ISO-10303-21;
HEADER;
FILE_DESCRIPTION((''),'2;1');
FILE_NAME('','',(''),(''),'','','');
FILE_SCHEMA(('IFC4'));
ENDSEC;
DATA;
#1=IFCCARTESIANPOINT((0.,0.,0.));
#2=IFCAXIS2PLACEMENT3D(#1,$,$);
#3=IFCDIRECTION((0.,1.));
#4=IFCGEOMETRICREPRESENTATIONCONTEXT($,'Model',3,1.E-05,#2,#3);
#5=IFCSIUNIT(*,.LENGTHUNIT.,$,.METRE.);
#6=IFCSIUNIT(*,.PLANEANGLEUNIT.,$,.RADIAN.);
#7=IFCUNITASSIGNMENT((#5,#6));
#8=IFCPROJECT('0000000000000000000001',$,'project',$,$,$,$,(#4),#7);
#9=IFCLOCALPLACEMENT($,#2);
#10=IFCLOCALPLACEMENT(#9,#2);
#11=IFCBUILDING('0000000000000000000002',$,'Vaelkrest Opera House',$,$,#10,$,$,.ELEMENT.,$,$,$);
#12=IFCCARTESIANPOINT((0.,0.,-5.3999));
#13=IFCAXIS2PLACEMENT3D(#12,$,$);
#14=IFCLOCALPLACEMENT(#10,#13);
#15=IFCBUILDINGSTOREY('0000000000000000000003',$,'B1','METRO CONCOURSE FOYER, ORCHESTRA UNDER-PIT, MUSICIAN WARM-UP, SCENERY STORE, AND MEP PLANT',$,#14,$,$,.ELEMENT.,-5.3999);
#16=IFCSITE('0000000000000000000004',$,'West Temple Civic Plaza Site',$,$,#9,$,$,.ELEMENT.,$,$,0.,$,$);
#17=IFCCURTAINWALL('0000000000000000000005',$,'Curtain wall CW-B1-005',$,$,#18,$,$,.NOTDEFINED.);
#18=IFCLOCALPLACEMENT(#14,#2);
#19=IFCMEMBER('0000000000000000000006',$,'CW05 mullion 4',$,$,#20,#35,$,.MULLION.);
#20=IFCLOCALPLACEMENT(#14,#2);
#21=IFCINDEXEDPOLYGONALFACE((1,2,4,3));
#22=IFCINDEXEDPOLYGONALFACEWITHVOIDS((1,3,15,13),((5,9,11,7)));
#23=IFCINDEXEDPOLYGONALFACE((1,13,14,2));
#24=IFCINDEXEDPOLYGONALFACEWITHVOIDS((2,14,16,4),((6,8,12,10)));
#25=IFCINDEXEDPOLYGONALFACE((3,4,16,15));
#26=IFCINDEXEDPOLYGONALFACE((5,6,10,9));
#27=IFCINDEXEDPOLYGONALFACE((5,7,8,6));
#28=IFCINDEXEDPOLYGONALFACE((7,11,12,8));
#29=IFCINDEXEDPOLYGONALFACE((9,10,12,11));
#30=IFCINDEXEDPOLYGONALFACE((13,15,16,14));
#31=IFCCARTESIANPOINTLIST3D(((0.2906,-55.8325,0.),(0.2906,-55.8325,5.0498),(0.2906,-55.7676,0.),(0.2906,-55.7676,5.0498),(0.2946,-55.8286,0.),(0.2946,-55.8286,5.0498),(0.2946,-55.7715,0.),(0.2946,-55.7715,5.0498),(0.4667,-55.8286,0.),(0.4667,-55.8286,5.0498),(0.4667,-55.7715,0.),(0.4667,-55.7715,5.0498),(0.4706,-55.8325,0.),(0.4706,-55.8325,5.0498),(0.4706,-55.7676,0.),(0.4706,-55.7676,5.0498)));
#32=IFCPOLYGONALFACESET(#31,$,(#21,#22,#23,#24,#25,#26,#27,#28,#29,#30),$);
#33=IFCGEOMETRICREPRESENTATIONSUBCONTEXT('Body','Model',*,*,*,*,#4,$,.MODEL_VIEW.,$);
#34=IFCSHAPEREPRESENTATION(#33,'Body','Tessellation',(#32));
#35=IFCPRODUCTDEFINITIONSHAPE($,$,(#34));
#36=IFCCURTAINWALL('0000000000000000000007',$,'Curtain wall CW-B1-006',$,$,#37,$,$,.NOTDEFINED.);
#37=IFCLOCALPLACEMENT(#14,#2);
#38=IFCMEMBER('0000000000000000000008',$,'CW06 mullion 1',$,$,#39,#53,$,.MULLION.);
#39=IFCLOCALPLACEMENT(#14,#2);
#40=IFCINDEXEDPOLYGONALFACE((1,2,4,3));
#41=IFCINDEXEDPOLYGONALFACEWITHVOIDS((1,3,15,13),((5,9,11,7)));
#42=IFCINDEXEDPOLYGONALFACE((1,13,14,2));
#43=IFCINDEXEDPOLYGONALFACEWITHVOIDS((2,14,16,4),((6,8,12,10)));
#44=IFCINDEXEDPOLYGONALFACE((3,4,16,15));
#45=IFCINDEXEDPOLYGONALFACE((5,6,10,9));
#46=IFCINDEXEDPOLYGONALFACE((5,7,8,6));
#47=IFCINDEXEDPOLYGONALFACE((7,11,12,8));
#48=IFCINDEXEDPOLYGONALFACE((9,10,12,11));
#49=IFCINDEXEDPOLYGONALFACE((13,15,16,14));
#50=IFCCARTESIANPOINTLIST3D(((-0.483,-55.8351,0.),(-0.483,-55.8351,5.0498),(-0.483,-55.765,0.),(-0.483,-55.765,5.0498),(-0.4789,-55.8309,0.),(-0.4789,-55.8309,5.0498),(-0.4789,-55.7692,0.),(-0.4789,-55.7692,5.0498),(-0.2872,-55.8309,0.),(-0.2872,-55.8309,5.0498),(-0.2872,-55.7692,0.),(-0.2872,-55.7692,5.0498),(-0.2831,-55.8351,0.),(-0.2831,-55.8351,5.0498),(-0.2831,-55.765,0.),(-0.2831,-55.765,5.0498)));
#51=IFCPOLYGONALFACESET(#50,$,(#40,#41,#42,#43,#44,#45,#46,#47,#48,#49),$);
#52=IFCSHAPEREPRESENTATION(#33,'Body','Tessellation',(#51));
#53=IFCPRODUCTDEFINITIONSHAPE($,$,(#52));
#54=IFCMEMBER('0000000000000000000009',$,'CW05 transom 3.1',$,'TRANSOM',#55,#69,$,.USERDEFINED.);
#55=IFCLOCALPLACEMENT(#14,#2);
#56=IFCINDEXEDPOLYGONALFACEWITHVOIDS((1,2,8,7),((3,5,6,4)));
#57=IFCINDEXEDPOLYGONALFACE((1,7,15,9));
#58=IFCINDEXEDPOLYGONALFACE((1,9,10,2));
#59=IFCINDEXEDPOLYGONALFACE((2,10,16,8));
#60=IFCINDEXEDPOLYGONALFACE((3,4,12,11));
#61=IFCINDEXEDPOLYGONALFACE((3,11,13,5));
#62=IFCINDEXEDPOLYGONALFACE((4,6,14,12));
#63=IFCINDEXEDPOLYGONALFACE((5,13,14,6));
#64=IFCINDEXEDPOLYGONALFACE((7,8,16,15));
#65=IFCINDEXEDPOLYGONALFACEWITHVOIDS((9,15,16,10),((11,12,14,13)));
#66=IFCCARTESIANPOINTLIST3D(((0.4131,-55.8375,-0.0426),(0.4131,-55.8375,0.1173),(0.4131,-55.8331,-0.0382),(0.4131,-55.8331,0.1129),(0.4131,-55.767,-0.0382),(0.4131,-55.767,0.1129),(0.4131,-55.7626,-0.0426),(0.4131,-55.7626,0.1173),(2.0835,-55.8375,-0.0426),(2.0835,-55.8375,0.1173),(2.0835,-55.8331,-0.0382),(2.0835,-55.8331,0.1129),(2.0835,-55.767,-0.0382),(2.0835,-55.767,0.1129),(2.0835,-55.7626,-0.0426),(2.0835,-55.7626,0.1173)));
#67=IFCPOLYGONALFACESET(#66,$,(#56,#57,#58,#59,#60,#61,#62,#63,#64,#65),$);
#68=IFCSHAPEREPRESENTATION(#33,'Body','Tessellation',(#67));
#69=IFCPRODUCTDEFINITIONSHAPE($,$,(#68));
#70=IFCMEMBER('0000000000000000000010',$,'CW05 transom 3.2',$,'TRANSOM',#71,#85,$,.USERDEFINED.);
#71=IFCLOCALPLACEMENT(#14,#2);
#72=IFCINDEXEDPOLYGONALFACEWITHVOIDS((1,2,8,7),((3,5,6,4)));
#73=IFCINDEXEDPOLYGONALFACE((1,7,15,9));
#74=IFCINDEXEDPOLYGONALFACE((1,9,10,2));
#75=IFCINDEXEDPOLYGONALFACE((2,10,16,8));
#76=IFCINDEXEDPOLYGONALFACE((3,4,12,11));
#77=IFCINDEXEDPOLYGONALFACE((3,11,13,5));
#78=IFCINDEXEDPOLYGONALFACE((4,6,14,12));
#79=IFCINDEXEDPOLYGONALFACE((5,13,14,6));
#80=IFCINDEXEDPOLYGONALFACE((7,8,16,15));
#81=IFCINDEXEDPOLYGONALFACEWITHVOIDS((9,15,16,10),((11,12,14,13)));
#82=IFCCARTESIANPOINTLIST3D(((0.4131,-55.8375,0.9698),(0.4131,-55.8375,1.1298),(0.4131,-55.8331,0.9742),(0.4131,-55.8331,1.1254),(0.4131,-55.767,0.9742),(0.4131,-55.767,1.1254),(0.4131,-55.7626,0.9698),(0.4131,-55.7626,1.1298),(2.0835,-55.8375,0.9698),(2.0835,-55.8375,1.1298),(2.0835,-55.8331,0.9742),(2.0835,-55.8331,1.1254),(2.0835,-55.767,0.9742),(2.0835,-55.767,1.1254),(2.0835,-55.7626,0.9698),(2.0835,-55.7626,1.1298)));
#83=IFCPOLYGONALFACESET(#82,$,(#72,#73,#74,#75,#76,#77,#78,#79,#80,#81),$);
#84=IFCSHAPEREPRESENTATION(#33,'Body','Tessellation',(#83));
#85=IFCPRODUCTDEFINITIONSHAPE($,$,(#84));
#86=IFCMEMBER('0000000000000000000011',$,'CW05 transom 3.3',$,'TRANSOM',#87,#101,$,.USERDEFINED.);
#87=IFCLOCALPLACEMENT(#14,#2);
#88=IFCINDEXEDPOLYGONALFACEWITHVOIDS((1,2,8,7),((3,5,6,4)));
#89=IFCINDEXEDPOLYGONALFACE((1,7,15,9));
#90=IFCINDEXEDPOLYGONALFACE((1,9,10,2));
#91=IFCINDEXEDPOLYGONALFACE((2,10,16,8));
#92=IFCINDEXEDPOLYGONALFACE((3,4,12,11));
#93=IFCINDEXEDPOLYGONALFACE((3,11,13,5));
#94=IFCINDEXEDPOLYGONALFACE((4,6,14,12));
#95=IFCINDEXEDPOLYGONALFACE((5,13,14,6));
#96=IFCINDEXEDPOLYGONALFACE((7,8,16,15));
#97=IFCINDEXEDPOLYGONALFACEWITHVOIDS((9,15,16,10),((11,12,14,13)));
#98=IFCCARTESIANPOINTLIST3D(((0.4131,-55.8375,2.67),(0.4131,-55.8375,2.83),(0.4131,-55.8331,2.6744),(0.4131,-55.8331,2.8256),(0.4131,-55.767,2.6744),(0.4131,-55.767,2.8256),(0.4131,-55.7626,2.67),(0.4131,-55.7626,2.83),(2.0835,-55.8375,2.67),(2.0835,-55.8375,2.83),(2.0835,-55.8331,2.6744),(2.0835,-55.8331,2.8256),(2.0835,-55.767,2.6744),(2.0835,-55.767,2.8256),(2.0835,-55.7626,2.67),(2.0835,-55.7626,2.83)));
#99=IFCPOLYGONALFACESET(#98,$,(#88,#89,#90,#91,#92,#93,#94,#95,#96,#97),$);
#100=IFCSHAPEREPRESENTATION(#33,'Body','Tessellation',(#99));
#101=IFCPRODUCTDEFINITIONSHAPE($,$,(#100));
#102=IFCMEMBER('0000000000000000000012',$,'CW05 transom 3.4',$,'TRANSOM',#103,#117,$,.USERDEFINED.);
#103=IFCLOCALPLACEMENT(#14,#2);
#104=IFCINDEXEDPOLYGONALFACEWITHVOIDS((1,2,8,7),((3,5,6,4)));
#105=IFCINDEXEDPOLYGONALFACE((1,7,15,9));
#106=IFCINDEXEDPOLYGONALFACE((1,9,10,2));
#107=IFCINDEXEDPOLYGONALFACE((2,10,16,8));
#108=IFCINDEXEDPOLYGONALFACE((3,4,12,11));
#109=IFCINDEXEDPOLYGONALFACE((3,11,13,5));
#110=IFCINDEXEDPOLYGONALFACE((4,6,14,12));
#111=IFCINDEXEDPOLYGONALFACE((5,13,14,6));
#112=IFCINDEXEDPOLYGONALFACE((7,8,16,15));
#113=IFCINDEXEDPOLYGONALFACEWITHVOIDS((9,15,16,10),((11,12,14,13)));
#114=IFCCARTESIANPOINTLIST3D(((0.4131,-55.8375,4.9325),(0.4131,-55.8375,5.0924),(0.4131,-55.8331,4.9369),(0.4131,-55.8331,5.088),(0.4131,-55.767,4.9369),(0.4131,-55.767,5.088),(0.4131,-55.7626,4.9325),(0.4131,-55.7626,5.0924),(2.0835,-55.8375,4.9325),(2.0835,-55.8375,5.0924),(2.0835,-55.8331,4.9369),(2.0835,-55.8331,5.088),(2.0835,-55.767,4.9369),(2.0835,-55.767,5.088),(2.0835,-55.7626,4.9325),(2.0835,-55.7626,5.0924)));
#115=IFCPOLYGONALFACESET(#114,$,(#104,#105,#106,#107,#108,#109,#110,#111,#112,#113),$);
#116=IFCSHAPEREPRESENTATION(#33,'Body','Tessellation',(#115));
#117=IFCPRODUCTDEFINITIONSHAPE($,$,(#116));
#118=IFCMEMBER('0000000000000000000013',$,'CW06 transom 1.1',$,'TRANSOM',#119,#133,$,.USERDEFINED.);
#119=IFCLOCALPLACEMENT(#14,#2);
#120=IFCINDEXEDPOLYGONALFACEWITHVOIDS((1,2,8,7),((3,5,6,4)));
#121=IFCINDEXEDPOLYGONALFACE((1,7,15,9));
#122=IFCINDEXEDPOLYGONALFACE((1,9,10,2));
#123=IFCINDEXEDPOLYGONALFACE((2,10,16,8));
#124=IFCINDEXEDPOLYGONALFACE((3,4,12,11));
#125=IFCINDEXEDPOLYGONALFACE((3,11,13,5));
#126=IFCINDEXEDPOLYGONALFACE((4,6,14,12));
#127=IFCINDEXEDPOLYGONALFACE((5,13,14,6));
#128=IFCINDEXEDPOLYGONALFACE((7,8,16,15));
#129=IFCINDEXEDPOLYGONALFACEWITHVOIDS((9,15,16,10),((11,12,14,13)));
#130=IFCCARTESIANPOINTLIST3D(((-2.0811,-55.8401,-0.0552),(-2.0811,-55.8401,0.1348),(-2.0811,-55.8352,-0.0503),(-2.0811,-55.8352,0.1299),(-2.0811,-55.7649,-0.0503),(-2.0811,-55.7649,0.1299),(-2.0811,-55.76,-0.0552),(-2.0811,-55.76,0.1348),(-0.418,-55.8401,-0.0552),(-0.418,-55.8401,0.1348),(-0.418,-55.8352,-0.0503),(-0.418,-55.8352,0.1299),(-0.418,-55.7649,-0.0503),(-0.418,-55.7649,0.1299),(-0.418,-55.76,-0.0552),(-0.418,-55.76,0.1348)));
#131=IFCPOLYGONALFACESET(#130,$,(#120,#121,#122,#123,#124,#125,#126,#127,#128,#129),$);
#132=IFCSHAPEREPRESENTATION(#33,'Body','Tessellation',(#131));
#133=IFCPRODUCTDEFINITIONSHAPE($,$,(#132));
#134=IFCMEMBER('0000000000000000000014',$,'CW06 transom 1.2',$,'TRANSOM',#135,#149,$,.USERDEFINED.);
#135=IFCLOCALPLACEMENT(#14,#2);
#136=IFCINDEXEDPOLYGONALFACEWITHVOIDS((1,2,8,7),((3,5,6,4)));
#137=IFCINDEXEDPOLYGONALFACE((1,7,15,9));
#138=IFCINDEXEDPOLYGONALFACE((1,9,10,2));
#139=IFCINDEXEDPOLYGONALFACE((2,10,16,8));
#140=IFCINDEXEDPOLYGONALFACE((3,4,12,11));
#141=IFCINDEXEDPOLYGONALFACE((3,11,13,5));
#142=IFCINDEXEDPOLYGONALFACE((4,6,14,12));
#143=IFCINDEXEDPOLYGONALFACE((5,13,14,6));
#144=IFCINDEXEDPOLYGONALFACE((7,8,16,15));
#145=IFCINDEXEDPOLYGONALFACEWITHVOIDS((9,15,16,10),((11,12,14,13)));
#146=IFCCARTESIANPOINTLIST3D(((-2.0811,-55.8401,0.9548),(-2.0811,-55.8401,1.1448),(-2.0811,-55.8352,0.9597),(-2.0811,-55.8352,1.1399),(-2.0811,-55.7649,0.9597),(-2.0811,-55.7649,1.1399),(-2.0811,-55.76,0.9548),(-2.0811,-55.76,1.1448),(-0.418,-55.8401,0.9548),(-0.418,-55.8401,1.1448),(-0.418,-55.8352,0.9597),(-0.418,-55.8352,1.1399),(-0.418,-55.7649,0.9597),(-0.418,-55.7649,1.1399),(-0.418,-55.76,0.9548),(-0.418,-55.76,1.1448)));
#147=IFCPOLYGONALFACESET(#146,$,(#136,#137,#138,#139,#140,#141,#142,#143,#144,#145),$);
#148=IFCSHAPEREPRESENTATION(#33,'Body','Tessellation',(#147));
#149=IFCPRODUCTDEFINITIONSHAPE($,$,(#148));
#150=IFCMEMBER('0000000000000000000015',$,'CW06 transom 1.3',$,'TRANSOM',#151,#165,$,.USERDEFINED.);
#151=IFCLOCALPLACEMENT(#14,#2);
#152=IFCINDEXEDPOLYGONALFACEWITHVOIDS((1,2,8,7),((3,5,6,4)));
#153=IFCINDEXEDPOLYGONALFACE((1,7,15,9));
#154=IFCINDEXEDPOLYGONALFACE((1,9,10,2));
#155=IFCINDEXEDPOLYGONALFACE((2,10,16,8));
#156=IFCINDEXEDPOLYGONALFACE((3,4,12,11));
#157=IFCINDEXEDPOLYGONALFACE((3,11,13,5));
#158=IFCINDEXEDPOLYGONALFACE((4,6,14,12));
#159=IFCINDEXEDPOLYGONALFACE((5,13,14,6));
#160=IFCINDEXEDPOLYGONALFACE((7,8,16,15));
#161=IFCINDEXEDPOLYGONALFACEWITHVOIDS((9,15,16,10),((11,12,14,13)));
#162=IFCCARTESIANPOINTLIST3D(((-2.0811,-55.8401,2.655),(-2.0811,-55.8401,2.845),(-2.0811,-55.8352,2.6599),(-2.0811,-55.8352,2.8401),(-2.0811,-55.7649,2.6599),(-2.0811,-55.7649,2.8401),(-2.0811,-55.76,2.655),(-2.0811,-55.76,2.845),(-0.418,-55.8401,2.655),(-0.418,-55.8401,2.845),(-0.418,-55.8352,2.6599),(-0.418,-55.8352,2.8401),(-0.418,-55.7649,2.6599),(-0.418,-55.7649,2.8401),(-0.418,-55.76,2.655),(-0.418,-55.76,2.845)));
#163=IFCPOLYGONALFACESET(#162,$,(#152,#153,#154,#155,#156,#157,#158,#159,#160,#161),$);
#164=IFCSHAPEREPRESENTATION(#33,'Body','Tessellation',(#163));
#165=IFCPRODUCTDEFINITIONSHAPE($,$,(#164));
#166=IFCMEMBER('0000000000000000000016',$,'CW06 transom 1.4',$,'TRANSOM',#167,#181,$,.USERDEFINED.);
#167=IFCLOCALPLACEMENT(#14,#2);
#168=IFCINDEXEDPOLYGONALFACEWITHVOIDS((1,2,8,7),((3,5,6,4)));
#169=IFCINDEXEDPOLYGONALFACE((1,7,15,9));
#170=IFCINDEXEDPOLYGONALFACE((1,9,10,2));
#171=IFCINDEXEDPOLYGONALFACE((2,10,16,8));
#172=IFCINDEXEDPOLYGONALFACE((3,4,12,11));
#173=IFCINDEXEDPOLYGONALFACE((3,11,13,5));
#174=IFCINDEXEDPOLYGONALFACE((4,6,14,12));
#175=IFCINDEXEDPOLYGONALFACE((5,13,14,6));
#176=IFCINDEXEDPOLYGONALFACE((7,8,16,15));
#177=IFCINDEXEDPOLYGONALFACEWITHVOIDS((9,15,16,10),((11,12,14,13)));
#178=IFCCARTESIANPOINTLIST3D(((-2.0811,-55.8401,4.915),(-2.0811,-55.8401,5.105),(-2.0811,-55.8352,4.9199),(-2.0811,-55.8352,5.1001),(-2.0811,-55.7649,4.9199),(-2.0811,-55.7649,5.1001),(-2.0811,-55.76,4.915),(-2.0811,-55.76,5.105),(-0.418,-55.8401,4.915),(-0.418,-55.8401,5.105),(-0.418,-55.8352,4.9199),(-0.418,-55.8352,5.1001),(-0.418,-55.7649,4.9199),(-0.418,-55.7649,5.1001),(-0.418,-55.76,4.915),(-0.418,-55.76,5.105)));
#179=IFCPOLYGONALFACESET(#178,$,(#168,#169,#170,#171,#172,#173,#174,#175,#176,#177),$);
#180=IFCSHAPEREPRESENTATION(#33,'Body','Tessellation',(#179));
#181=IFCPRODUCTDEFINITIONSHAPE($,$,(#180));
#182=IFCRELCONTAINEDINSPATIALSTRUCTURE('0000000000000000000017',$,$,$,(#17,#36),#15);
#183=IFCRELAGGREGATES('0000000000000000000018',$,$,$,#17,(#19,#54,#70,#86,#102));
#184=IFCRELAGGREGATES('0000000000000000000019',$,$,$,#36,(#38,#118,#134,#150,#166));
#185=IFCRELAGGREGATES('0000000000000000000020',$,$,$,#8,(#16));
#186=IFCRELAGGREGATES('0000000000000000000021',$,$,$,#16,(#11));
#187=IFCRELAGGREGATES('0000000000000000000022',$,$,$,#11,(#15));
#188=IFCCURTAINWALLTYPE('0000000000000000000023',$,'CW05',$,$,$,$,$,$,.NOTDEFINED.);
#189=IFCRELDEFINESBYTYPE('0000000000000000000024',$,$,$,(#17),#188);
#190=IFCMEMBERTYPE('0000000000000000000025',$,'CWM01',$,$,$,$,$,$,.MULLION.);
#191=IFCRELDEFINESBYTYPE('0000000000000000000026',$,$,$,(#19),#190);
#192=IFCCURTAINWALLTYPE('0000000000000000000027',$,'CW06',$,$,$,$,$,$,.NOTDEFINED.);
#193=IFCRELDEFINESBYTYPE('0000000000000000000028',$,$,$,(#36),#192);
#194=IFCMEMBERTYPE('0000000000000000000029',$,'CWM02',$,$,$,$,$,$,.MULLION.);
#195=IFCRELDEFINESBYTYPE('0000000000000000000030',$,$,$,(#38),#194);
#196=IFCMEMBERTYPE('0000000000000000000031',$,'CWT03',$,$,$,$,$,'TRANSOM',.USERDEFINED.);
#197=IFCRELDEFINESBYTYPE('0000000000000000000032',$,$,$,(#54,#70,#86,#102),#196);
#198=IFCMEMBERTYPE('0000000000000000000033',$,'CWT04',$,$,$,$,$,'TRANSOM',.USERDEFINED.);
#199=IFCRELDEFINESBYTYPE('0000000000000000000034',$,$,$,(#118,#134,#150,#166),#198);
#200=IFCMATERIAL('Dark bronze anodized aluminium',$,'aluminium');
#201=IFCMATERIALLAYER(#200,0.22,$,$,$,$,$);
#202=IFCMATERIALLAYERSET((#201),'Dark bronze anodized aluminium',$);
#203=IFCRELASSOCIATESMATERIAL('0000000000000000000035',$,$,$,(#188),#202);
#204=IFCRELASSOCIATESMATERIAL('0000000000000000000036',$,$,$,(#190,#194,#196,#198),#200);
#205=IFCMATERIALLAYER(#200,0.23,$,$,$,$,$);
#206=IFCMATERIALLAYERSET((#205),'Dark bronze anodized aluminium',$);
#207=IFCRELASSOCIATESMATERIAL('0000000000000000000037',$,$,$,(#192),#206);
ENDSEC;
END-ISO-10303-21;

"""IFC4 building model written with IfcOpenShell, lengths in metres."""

from ifc_helpers import new_model, si_unit, direction, frame, origin, origin_2d, place, context, subcontext, project, spatial, hollow_rectangle, extrude, material, layer, layer_set, material_profile, profile_set, type_object, element, aggregate, save


model = new_model("IFC4")

# Units and contexts
model_context = context("Model", 3, precision=1e-05, world=origin(), true_north=direction((0.0, 1.0)))
body_context = subcontext(model_context, "Body", "Model", "MODEL_VIEW")
ifc_project = project(units=[si_unit("LENGTHUNIT", "METRE"), si_unit("PLANEANGLEUNIT", "RADIAN")], contexts=[model_context])

# Site, building, storey
site_placement = place(None, origin())
site = spatial("IfcSite", under=ifc_project, at=site_placement, Name="West Temple Civic Plaza Site", CompositionType="ELEMENT", RefElevation=0.0)
building_placement = place(site_placement, origin())
building = spatial("IfcBuilding", under=site, at=building_placement, Name="Vaelkrest Opera House", CompositionType="ELEMENT")
storey_placement = place(building_placement, frame((0.0, 0.0, -5.3999)))
storey = spatial("IfcBuildingStorey", under=building, at=storey_placement, Name="B1", Description="METRO CONCOURSE FOYER, ORCHESTRA UNDER-PIT, MUSICIAN WARM-UP, SCENERY STORE, AND MEP PLANT", CompositionType="ELEMENT", Elevation=-5.3999)

# Curtain wall, member
ifc_material_1 = material(Name="Dark bronze anodized aluminium", Category="aluminium")
ifc_layer_1 = layer(ifc_material_1, 0.22)
ifc_layer_set_1 = layer_set([ifc_layer_1], Name="Dark bronze anodized aluminium")
curtain_wall_type_1 = type_object("IfcCurtainWallType", Name="CW05", PredefinedType="NOTDEFINED", material=ifc_layer_set_1)
curtain_wall_1_placement = place(storey_placement, origin())
curtain_wall_1 = element("IfcCurtainWall", 1, at=curtain_wall_1_placement, inside=storey, type_object=curtain_wall_type_1, Name="Curtain wall CW-B1-005", PredefinedType="NOTDEFINED")
ifc_material_profile_1 = material_profile(ifc_material_1, hollow_rectangle(XDim=0.0649, YDim=0.1799, WallThickness=0.0039, at=origin_2d()), Name="CWM65X180")
ifc_profile_set_1 = profile_set([ifc_material_profile_1], Name="Dark bronze anodized aluminium")
member_type_1 = type_object("IfcMemberType", Name="CWM01", PredefinedType="MULLION", material=ifc_profile_set_1)
member_1_placement = place(storey_placement, frame((0.3806, -55.8, 0.0), z_axis=(0.0, 0.0, 1.0), x_axis=(0.0, -1.0, 0.0)))
member_1 = element("IfcMember", 2, at=member_1_placement, type_object=member_type_1, Name="CW05 mullion 4", PredefinedType="MULLION", context=body_context, shape_type="SweptSolid", body=[
    extrude(hollow_rectangle(XDim=0.0649, YDim=0.1799, WallThickness=0.0039, at=origin_2d()), origin(), (0.0, 0.0, 1.0), 5.0498),
])

# Curtain wall, member
ifc_layer_2 = layer(ifc_material_1, 0.23)
ifc_layer_set_2 = layer_set([ifc_layer_2], Name="Dark bronze anodized aluminium")
curtain_wall_type_2 = type_object("IfcCurtainWallType", Name="CW06", PredefinedType="NOTDEFINED", material=ifc_layer_set_2)
curtain_wall_2_placement = place(storey_placement, origin())
curtain_wall_2 = element("IfcCurtainWall", 3, at=curtain_wall_2_placement, inside=storey, type_object=curtain_wall_type_2, Name="Curtain wall CW-B1-006", PredefinedType="NOTDEFINED")
ifc_material_profile_2 = material_profile(ifc_material_1, hollow_rectangle(XDim=0.0701, YDim=0.2, WallThickness=0.0042, at=origin_2d()), Name="CWM70X200")
ifc_profile_set_2 = profile_set([ifc_material_profile_2], Name="Dark bronze anodized aluminium")
member_type_2 = type_object("IfcMemberType", Name="CWM02", PredefinedType="MULLION", material=ifc_profile_set_2)
member_2_placement = place(storey_placement, frame((-0.3831, -55.8, 0.0), z_axis=(0.0, 0.0, 1.0), x_axis=(0.0, -1.0, 0.0)))
member_2 = element("IfcMember", 4, at=member_2_placement, type_object=member_type_2, Name="CW06 mullion 1", PredefinedType="MULLION", context=body_context, shape_type="SweptSolid", body=[
    extrude(hollow_rectangle(XDim=0.0701, YDim=0.2, WallThickness=0.0042, at=origin_2d()), origin(), (0.0, 0.0, 1.0), 5.0498),
])

# Members
ifc_material_profile_3 = material_profile(ifc_material_1, hollow_rectangle(XDim=0.075, YDim=0.1599, WallThickness=0.0044, at=origin_2d()), Name="CWT75X160")
ifc_profile_set_3 = profile_set([ifc_material_profile_3], Name="Dark bronze anodized aluminium")
member_type_3 = type_object("IfcMemberType", Name="CWT03", ElementType="TRANSOM", PredefinedType="USERDEFINED", material=ifc_profile_set_3)
member_3_placement = place(storey_placement, frame((2.0835, -55.8, 0.0374), z_axis=(-1.0, 0.0, 0.0), x_axis=(0.0, -1.0, 0.0)))
member_3 = element("IfcMember", 5, at=member_3_placement, type_object=member_type_3, Name="CW05 transom 3.1", ObjectType="TRANSOM", PredefinedType="USERDEFINED", context=body_context, shape_type="SweptSolid", body=[
    extrude(hollow_rectangle(XDim=0.075, YDim=0.1599, WallThickness=0.0044, at=origin_2d()), origin(), (0.0, 0.0, 1.0), 1.6704),
])
member_4_placement = place(storey_placement, frame((2.0835, -55.8, 1.0498), z_axis=(-1.0, 0.0, 0.0), x_axis=(0.0, -1.0, 0.0)))
member_4 = element("IfcMember", 6, at=member_4_placement, type_object=member_type_3, Name="CW05 transom 3.2", ObjectType="TRANSOM", PredefinedType="USERDEFINED", context=body_context, shape_type="SweptSolid", body=[
    extrude(hollow_rectangle(XDim=0.075, YDim=0.1599, WallThickness=0.0044, at=origin_2d()), origin(), (0.0, 0.0, 1.0), 1.6704),
])
member_5_placement = place(storey_placement, frame((2.0835, -55.8, 2.75), z_axis=(-1.0, 0.0, 0.0), x_axis=(0.0, -1.0, 0.0)))
member_5 = element("IfcMember", 7, at=member_5_placement, type_object=member_type_3, Name="CW05 transom 3.3", ObjectType="TRANSOM", PredefinedType="USERDEFINED", context=body_context, shape_type="SweptSolid", body=[
    extrude(hollow_rectangle(XDim=0.075, YDim=0.1599, WallThickness=0.0044, at=origin_2d()), origin(), (0.0, 0.0, 1.0), 1.6704),
])
member_6_placement = place(storey_placement, frame((2.0835, -55.8, 5.0125), z_axis=(-1.0, 0.0, 0.0), x_axis=(0.0, -1.0, 0.0)))
member_6 = element("IfcMember", 8, at=member_6_placement, type_object=member_type_3, Name="CW05 transom 3.4", ObjectType="TRANSOM", PredefinedType="USERDEFINED", context=body_context, shape_type="SweptSolid", body=[
    extrude(hollow_rectangle(XDim=0.075, YDim=0.1599, WallThickness=0.0044, at=origin_2d()), origin(), (0.0, 0.0, 1.0), 1.6704),
])
ifc_material_profile_4 = material_profile(ifc_material_1, hollow_rectangle(XDim=0.0801, YDim=0.1899, WallThickness=0.0049, at=origin_2d()), Name="CWT80X190")
ifc_profile_set_4 = profile_set([ifc_material_profile_4], Name="Dark bronze anodized aluminium")
member_type_4 = type_object("IfcMemberType", Name="CWT04", ElementType="TRANSOM", PredefinedType="USERDEFINED", material=ifc_profile_set_4)
member_7_placement = place(storey_placement, frame((-0.418, -55.8, 0.0398), z_axis=(-1.0, 0.0, 0.0), x_axis=(0.0, -1.0, 0.0)))
member_7 = element("IfcMember", 9, at=member_7_placement, type_object=member_type_4, Name="CW06 transom 1.1", ObjectType="TRANSOM", PredefinedType="USERDEFINED", context=body_context, shape_type="SweptSolid", body=[
    extrude(hollow_rectangle(XDim=0.0801, YDim=0.1899, WallThickness=0.0049, at=origin_2d()), origin(), (0.0, 0.0, 1.0), 1.6631),
])
member_8_placement = place(storey_placement, frame((-0.418, -55.8, 1.0498), z_axis=(-1.0, 0.0, 0.0), x_axis=(0.0, -1.0, 0.0)))
member_8 = element("IfcMember", 10, at=member_8_placement, type_object=member_type_4, Name="CW06 transom 1.2", ObjectType="TRANSOM", PredefinedType="USERDEFINED", context=body_context, shape_type="SweptSolid", body=[
    extrude(hollow_rectangle(XDim=0.0801, YDim=0.1899, WallThickness=0.0049, at=origin_2d()), origin(), (0.0, 0.0, 1.0), 1.6631),
])
member_9_placement = place(storey_placement, frame((-0.418, -55.8, 2.75), z_axis=(-1.0, 0.0, 0.0), x_axis=(0.0, -1.0, 0.0)))
member_9 = element("IfcMember", 11, at=member_9_placement, type_object=member_type_4, Name="CW06 transom 1.3", ObjectType="TRANSOM", PredefinedType="USERDEFINED", context=body_context, shape_type="SweptSolid", body=[
    extrude(hollow_rectangle(XDim=0.0801, YDim=0.1899, WallThickness=0.0049, at=origin_2d()), origin(), (0.0, 0.0, 1.0), 1.6631),
])
member_10_placement = place(storey_placement, frame((-0.418, -55.8, 5.01), z_axis=(-1.0, 0.0, 0.0), x_axis=(0.0, -1.0, 0.0)))
member_10 = element("IfcMember", 12, at=member_10_placement, type_object=member_type_4, Name="CW06 transom 1.4", ObjectType="TRANSOM", PredefinedType="USERDEFINED", context=body_context, shape_type="SweptSolid", body=[
    extrude(hollow_rectangle(XDim=0.0801, YDim=0.1899, WallThickness=0.0049, at=origin_2d()), origin(), (0.0, 0.0, 1.0), 1.6631),
])

aggregate(curtain_wall_1, [member_1, member_3, member_4, member_5, member_6])
aggregate(curtain_wall_2, [member_2, member_7, member_8, member_9, member_10])

save(model, "model.ifc")
